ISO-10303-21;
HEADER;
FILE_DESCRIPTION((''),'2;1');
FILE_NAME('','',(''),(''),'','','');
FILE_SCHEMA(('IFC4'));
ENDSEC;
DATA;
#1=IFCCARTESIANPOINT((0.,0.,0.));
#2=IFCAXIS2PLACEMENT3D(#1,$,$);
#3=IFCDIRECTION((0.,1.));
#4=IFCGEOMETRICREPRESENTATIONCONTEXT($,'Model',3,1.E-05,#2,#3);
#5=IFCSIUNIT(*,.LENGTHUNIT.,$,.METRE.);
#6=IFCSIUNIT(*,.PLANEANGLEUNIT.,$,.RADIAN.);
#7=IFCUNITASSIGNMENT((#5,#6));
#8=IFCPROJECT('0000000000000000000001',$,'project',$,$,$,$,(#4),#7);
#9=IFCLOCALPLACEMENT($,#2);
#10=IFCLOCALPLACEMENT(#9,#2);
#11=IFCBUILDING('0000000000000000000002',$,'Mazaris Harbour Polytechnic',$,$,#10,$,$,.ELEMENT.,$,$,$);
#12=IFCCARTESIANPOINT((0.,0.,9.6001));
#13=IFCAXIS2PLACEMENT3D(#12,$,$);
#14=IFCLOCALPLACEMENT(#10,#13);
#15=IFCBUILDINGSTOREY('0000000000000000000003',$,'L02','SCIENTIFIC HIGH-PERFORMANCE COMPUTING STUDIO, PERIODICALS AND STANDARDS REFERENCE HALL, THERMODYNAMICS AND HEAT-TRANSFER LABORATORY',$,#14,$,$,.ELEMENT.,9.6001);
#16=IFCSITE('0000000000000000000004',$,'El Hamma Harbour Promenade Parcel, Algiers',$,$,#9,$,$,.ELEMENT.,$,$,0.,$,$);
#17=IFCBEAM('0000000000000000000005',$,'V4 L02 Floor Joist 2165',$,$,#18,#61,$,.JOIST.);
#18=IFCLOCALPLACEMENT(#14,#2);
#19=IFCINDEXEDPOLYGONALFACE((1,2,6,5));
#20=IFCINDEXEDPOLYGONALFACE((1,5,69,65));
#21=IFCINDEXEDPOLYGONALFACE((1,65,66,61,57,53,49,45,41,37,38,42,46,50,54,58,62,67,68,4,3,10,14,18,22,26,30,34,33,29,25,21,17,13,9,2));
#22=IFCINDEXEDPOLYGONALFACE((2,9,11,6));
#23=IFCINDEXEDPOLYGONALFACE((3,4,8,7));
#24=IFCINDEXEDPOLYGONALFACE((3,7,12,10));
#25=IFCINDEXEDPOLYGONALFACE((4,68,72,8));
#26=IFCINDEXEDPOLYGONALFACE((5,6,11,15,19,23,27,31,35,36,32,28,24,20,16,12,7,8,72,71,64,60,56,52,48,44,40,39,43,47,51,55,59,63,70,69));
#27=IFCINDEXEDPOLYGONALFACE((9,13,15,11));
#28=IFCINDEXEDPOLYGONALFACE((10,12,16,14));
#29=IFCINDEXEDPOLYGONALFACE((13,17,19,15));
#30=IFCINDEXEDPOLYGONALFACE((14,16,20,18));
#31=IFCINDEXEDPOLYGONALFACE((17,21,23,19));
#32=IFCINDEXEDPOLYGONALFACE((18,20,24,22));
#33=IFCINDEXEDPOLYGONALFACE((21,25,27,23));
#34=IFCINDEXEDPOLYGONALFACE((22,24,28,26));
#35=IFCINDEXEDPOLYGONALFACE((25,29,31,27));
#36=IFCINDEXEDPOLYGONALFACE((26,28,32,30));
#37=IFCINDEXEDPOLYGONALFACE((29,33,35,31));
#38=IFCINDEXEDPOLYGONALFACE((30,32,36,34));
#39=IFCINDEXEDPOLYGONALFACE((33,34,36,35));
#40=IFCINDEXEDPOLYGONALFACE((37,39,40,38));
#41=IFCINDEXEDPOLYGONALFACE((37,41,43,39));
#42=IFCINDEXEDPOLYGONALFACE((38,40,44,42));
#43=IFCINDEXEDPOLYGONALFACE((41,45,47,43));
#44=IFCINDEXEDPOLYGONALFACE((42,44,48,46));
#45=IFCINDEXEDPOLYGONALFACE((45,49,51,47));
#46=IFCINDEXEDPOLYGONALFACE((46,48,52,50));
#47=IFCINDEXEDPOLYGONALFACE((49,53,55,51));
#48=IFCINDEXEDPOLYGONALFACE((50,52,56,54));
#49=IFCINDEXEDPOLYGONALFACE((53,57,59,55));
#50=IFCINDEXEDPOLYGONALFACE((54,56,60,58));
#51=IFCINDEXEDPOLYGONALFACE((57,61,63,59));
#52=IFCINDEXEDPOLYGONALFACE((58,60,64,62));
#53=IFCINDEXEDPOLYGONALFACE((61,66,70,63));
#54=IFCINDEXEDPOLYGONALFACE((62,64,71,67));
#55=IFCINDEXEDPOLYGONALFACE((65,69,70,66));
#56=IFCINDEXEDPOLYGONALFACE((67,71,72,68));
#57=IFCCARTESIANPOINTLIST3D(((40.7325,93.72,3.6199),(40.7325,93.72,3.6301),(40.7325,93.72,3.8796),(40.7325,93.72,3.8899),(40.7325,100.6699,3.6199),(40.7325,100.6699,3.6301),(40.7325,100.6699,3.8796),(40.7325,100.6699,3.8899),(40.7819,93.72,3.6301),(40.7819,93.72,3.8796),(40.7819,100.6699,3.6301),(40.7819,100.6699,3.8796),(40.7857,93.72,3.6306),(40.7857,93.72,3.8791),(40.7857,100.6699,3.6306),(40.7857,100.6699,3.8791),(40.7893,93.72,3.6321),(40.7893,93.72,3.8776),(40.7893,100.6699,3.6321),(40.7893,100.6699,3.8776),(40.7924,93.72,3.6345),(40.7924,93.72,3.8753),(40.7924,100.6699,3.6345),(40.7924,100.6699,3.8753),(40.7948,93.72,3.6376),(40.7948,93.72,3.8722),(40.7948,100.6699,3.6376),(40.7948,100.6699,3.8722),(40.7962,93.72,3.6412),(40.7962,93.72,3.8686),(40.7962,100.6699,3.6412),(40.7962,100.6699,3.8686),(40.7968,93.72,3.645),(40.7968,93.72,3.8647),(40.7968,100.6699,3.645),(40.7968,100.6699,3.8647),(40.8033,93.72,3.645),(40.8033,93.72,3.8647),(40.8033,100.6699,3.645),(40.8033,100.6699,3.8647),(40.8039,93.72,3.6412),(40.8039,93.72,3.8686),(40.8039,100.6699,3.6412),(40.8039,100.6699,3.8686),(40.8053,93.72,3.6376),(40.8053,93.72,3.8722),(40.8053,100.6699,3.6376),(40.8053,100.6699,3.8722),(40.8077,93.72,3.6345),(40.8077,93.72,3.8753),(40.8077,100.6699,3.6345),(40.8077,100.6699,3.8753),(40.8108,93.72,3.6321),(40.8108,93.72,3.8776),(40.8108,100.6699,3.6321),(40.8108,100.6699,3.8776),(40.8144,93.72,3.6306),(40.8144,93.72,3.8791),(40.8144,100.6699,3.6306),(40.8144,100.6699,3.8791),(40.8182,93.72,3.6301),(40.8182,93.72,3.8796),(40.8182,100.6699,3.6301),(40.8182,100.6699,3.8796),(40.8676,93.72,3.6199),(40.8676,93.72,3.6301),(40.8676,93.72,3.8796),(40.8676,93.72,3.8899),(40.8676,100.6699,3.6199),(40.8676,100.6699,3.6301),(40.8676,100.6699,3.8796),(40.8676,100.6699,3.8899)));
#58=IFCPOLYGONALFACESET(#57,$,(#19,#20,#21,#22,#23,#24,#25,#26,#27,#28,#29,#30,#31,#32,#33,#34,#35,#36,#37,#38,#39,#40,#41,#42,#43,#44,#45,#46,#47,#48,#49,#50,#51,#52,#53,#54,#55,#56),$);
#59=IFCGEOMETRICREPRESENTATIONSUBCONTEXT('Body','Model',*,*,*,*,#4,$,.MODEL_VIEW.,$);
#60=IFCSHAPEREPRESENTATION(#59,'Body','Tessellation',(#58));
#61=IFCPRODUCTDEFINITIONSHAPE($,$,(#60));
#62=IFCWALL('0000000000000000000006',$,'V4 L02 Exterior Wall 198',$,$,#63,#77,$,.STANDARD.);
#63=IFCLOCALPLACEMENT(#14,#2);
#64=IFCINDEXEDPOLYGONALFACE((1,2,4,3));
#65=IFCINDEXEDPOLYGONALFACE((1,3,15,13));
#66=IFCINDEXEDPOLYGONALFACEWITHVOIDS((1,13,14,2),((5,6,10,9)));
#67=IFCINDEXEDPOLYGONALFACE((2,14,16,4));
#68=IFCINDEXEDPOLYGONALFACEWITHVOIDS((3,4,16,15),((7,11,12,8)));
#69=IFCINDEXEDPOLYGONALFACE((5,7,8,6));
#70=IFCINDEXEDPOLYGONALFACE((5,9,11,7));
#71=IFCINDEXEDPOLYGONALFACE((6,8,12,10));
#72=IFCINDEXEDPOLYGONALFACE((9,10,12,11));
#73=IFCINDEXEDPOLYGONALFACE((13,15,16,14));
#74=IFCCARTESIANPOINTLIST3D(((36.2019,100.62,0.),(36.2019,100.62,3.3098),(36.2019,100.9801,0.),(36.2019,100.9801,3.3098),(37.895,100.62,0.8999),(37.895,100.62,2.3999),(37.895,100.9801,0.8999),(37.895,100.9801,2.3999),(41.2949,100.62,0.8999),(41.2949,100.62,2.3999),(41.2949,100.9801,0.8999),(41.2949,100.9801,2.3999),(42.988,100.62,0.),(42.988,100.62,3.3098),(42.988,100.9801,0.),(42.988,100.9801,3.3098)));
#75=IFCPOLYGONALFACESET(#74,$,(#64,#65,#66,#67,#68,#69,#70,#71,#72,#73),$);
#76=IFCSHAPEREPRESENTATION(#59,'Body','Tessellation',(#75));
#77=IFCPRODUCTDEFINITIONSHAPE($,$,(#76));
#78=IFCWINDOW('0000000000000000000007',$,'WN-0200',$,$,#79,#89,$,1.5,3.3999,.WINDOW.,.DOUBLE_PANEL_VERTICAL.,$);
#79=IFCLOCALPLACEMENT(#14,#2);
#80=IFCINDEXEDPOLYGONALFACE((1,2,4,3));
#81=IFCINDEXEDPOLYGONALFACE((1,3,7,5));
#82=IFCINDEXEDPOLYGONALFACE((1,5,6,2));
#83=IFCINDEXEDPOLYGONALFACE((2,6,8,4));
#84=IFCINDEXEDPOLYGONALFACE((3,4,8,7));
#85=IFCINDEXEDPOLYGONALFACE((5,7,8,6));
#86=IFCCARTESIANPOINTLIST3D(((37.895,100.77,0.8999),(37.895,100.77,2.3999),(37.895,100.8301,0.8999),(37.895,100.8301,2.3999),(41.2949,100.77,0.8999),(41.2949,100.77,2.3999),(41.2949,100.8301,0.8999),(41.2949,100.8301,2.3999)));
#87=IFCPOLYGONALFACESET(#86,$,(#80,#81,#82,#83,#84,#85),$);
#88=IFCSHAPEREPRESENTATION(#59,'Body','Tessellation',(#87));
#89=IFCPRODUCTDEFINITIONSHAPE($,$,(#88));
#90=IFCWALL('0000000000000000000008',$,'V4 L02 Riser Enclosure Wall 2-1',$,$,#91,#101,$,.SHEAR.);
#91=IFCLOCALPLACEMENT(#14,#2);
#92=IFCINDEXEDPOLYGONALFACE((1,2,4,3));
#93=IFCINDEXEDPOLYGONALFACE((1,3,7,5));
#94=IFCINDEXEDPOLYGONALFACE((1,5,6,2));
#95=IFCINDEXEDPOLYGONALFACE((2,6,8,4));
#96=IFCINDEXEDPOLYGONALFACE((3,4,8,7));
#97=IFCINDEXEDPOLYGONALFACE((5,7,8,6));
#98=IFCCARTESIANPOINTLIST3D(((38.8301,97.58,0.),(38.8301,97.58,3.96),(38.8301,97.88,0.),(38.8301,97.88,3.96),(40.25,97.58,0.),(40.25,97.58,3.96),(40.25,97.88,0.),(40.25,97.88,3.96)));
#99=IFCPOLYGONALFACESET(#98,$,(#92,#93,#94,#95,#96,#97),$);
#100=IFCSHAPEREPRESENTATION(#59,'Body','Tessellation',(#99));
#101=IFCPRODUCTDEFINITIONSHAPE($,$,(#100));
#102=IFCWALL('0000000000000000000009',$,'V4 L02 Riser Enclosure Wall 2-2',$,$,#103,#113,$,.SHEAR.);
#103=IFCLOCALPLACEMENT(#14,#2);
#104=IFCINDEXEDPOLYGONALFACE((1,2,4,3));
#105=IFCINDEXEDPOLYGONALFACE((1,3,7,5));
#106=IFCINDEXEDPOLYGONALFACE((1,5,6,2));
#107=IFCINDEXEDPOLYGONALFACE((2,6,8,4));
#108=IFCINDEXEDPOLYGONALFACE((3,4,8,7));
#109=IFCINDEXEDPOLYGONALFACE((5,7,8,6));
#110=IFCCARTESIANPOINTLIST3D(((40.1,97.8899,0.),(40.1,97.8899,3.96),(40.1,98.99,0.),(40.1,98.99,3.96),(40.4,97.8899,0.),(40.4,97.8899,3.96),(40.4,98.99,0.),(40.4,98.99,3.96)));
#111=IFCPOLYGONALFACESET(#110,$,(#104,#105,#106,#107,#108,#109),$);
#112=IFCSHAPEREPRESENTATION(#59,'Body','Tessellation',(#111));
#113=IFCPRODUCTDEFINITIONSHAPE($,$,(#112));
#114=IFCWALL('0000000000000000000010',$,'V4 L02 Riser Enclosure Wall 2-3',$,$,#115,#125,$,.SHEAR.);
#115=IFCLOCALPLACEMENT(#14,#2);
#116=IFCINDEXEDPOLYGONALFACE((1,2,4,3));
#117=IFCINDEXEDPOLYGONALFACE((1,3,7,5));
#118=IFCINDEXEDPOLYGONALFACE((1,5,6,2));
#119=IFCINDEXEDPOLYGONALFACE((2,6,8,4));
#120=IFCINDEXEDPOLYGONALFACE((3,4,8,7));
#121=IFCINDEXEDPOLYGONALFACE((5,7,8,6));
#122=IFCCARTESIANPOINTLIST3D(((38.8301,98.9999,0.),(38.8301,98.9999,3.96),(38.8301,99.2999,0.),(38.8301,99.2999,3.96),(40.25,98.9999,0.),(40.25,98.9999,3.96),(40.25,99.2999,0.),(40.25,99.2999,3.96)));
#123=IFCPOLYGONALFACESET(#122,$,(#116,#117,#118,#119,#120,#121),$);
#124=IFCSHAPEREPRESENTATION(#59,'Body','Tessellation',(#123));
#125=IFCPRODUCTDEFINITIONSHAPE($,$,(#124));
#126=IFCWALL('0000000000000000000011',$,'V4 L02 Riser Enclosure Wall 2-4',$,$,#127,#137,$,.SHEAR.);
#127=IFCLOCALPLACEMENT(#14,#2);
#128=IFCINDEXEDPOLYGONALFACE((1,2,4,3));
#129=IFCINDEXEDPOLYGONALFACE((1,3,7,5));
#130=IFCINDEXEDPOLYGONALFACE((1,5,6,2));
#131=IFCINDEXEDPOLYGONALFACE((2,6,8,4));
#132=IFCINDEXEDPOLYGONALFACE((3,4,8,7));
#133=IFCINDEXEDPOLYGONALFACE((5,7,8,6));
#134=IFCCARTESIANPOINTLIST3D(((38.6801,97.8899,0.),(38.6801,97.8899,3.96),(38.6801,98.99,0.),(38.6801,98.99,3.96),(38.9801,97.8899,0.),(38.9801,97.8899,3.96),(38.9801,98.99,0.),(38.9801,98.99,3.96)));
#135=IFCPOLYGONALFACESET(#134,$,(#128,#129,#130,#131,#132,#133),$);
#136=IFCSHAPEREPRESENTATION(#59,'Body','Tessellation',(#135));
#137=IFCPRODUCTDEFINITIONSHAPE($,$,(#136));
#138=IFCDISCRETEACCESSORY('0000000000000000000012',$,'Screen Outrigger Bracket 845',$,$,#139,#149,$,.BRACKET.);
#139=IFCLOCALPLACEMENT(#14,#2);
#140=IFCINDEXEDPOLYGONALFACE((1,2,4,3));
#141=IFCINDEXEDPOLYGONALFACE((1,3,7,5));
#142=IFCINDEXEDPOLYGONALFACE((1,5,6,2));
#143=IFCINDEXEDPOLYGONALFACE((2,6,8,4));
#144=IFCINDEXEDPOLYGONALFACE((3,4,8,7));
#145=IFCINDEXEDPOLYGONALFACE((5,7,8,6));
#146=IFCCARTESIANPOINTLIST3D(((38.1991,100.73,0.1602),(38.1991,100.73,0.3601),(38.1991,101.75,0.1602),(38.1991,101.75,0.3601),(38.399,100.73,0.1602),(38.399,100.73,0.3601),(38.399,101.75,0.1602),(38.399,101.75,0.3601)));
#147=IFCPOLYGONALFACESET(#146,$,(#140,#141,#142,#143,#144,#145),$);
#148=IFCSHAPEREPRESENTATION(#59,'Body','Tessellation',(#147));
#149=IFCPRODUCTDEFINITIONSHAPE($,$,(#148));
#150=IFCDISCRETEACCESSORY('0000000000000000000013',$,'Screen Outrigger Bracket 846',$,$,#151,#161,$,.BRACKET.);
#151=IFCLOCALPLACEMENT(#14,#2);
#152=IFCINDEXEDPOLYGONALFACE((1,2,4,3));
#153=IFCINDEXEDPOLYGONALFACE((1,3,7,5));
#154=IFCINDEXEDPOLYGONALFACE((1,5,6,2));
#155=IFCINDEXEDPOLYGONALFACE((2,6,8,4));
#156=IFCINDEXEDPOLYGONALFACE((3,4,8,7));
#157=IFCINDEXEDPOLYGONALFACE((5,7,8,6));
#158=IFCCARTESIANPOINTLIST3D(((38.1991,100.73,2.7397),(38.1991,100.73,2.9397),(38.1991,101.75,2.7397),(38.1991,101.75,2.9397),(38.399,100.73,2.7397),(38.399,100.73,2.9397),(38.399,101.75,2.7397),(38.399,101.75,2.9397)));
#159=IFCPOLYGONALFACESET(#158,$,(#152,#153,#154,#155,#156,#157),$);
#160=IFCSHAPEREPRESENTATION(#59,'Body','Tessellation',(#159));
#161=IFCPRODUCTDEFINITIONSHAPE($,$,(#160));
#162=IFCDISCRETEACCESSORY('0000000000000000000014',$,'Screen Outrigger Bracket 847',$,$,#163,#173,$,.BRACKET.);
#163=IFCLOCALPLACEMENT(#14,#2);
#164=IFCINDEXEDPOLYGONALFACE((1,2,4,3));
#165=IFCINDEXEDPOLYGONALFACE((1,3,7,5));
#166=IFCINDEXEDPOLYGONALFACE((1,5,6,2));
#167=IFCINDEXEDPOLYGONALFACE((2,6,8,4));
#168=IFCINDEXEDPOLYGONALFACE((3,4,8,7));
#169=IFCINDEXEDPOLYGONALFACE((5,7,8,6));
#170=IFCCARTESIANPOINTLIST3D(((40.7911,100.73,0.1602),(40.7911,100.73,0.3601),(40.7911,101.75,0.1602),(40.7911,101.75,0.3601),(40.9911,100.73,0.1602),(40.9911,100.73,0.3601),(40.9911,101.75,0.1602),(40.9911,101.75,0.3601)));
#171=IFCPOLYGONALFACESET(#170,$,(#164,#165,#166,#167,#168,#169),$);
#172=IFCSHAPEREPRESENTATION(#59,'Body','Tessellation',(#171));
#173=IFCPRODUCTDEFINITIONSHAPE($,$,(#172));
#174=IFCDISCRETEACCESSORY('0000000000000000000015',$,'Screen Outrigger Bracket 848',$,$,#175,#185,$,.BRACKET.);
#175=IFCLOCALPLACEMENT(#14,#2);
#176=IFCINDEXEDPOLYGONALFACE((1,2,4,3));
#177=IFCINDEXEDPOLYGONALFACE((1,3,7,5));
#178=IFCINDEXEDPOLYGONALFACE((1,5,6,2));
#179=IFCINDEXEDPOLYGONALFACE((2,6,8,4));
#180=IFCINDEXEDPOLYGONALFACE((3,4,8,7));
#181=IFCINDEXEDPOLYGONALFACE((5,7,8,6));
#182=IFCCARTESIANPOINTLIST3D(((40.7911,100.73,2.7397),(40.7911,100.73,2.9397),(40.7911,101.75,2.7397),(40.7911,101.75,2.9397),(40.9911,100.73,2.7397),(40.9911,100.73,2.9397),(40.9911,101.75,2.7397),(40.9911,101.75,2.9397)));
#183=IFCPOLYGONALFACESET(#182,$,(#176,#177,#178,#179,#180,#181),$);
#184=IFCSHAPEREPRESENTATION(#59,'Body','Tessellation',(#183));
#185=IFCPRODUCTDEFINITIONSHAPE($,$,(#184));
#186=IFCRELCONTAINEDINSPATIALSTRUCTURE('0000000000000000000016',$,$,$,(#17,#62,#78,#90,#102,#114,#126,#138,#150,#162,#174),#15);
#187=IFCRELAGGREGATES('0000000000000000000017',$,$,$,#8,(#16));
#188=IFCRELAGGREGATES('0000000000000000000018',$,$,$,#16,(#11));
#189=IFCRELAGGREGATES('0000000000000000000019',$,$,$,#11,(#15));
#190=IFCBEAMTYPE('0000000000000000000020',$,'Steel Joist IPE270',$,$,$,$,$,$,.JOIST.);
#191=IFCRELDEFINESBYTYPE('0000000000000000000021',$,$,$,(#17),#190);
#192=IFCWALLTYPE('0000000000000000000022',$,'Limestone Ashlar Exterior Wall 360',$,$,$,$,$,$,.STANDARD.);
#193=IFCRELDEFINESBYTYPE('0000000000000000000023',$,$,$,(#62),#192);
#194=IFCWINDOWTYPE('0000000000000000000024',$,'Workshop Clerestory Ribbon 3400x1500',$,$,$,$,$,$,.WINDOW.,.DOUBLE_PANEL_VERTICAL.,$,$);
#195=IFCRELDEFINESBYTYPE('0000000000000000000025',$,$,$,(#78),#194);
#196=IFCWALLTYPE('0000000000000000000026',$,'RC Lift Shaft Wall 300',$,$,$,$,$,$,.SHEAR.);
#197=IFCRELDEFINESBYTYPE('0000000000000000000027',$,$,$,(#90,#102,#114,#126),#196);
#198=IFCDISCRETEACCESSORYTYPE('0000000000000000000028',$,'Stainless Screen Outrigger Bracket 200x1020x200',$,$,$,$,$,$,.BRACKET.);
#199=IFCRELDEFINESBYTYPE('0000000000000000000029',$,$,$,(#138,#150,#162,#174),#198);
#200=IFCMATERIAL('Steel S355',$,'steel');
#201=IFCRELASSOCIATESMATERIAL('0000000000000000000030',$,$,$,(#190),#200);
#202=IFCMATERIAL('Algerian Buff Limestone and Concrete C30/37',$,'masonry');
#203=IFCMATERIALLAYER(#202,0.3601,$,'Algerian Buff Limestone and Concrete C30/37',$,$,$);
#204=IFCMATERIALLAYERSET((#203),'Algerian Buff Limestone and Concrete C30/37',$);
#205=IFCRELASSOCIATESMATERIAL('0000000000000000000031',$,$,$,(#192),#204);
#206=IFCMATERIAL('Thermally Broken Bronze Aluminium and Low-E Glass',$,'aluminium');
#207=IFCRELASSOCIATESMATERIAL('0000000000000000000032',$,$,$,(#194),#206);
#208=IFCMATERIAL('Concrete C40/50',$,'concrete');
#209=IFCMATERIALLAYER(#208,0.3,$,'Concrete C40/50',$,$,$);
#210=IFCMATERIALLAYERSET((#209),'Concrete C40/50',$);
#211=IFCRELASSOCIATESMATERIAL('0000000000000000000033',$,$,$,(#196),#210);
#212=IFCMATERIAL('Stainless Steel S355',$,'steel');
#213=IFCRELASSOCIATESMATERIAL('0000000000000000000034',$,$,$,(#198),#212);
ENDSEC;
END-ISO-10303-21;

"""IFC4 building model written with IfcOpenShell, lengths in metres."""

from ifc_helpers import new_model, si_unit, direction, frame, frame_2d, origin, origin_2d, place, context, subcontext, project, spatial, rectangle, i_section, extrude, material, layer, layer_set, material_profile, profile_set, type_object, element, fill, save


model = new_model("IFC4")

# Units and contexts
model_context = context("Model", 3, precision=1e-05, world=origin(), true_north=direction((0.0, 1.0)))
body_context = subcontext(model_context, "Body", "Model", "MODEL_VIEW")
ifc_project = project(units=[si_unit("LENGTHUNIT", "METRE"), si_unit("PLANEANGLEUNIT", "RADIAN")], contexts=[model_context])

# Site, building, storey
site_placement = place(None, origin())
site = spatial("IfcSite", under=ifc_project, at=site_placement, Name="El Hamma Harbour Promenade Parcel, Algiers", CompositionType="ELEMENT", RefElevation=0.0)
building_placement = place(site_placement, origin())
building = spatial("IfcBuilding", under=site, at=building_placement, Name="Mazaris Harbour Polytechnic", CompositionType="ELEMENT")
storey_placement = place(building_placement, frame((0.0, 0.0, 9.6001)))
storey = spatial("IfcBuildingStorey", under=building, at=storey_placement, Name="L02", Description="SCIENTIFIC HIGH-PERFORMANCE COMPUTING STUDIO, PERIODICALS AND STANDARDS REFERENCE HALL, THERMODYNAMICS AND HEAT-TRANSFER LABORATORY", CompositionType="ELEMENT", Elevation=9.6001)

# Beam
ifc_material_1 = material(Name="Steel S355", Category="steel")
ifc_material_profile_1 = material_profile(ifc_material_1, i_section(OverallWidth=0.135, OverallDepth=0.27, WebThickness=0.0066, FlangeThickness=0.0103, FilletRadius=0.0149, at=origin_2d()), Name="IPE 270")
ifc_profile_set_1 = profile_set([ifc_material_profile_1], Name="Steel S355")
beam_type_1 = type_object("IfcBeamType", Name="Steel Joist IPE270", PredefinedType="JOIST", material=ifc_profile_set_1)
beam_1_placement = place(storey_placement, frame((40.8, 93.72, 3.7549), z_axis=(0.0, 1.0, 0.0), x_axis=(-1.0, 0.0, 0.0)))
element("IfcBeam", 1, at=beam_1_placement, inside=storey, type_object=beam_type_1, Name="V4 L02 Floor Joist 2165", PredefinedType="JOIST", context=body_context, shape_type="SweptSolid", body=[
    extrude(i_section(OverallWidth=0.135, OverallDepth=0.27, WebThickness=0.0066, FlangeThickness=0.0103, FilletRadius=0.0149, at=origin_2d()), origin(), (0.0, 0.0, 1.0), 6.95),
])

# Wall, opening, window
ifc_material_2 = material(Name="Algerian Buff Limestone and Concrete C30/37", Category="masonry")
ifc_layer_1 = layer(ifc_material_2, 0.3601, Name="Algerian Buff Limestone and Concrete C30/37")
ifc_layer_set_1 = layer_set([ifc_layer_1], Name="Algerian Buff Limestone and Concrete C30/37")
wall_type_1 = type_object("IfcWallType", Name="Limestone Ashlar Exterior Wall 360", PredefinedType="STANDARD", material=ifc_layer_set_1)
wall_1_placement = place(storey_placement, frame((36.2019, 100.8, 0.0), z_axis=(0.0, 0.0, 1.0), x_axis=(1.0, 0.0, 0.0)))
wall_1 = element("IfcWall", 2, at=wall_1_placement, inside=storey, type_object=wall_type_1, Name="V4 L02 Exterior Wall 198", PredefinedType="STANDARD", context=body_context, shape_type="SweptSolid", body=[
    extrude(rectangle(XDim=6.7861, YDim=0.3601, at=frame_2d((3.3931, 0.0))), origin(), (0.0, 0.0, 1.0), 3.3098),
])
opening_placement = place(wall_1_placement, frame((1.6931, 0.0, 0.8999)))
opening = element("IfcOpeningElement", 3, at=opening_placement, cuts=wall_1, PredefinedType="OPENING", context=body_context, shape_type="SweptSolid", body=[
    extrude(rectangle(XDim=3.3999, YDim=1.5, at=frame_2d((1.7, 0.75))), frame((0.0, 0.1899, 0.0), z_axis=(0.0, -1.0, 0.0), x_axis=(1.0, 0.0, 0.0)), (0.0, 0.0, 1.0), 0.3801),
])
ifc_material_3 = material(Name="Thermally Broken Bronze Aluminium and Low-E Glass", Category="aluminium")
window_type = type_object("IfcWindowType", Name="Workshop Clerestory Ribbon 3400x1500", PartitioningType="DOUBLE_PANEL_VERTICAL", PredefinedType="WINDOW", material=ifc_material_3)
window_placement = place(opening_placement, origin())
window = element("IfcWindow", 4, at=window_placement, inside=storey, type_object=window_type, Name="WN-0200", OverallHeight=1.5, OverallWidth=3.3999, PartitioningType="DOUBLE_PANEL_VERTICAL", PredefinedType="WINDOW", context=body_context, shape_type="SweptSolid", body=[
    extrude(rectangle(XDim=3.3999, YDim=1.5, at=frame_2d((1.7, 0.75))), frame((0.0, 0.03, 0.0), z_axis=(0.0, -1.0, 0.0), x_axis=(1.0, 0.0, 0.0)), (0.0, 0.0, 1.0), 0.0601),
])
fill(opening, window)

# Walls
ifc_material_4 = material(Name="Concrete C40/50", Category="concrete")
ifc_layer_2 = layer(ifc_material_4, 0.3, Name="Concrete C40/50")
ifc_layer_set_2 = layer_set([ifc_layer_2], Name="Concrete C40/50")
wall_type_2 = type_object("IfcWallType", Name="RC Lift Shaft Wall 300", PredefinedType="SHEAR", material=ifc_layer_set_2)
wall_2_placement = place(storey_placement, frame((38.8301, 97.73, 0.0), z_axis=(0.0, 0.0, 1.0), x_axis=(1.0, 0.0, 0.0)))
element("IfcWall", 5, at=wall_2_placement, inside=storey, type_object=wall_type_2, Name="V4 L02 Riser Enclosure Wall 2-1", PredefinedType="SHEAR", context=body_context, shape_type="SweptSolid", body=[
    extrude(rectangle(XDim=1.4199, YDim=0.3, at=frame_2d((0.71, 0.0))), origin(), (0.0, 0.0, 1.0), 3.96),
])
wall_3_placement = place(storey_placement, frame((40.25, 97.8899, 0.0), z_axis=(0.0, 0.0, 1.0), x_axis=(0.0, 1.0, 0.0)))
element("IfcWall", 6, at=wall_3_placement, inside=storey, type_object=wall_type_2, Name="V4 L02 Riser Enclosure Wall 2-2", PredefinedType="SHEAR", context=body_context, shape_type="SweptSolid", body=[
    extrude(rectangle(XDim=1.1001, YDim=0.3, at=frame_2d((0.55, 0.0))), origin(), (0.0, 0.0, 1.0), 3.96),
])
wall_4_placement = place(storey_placement, frame((40.25, 99.1499, 0.0), z_axis=(0.0, 0.0, 1.0), x_axis=(-1.0, 0.0, 0.0)))
element("IfcWall", 7, at=wall_4_placement, inside=storey, type_object=wall_type_2, Name="V4 L02 Riser Enclosure Wall 2-3", PredefinedType="SHEAR", context=body_context, shape_type="SweptSolid", body=[
    extrude(rectangle(XDim=1.4199, YDim=0.3, at=frame_2d((0.71, 0.0))), origin(), (0.0, 0.0, 1.0), 3.96),
])
wall_5_placement = place(storey_placement, frame((38.8301, 98.99, 0.0), z_axis=(0.0, 0.0, 1.0), x_axis=(0.0, -1.0, 0.0)))
element("IfcWall", 8, at=wall_5_placement, inside=storey, type_object=wall_type_2, Name="V4 L02 Riser Enclosure Wall 2-4", PredefinedType="SHEAR", context=body_context, shape_type="SweptSolid", body=[
    extrude(rectangle(XDim=1.1001, YDim=0.3, at=frame_2d((0.55, 0.0))), origin(), (0.0, 0.0, 1.0), 3.96),
])

# Discrete accessories
ifc_material_5 = material(Name="Stainless Steel S355", Category="steel")
discrete_accessory_type = type_object("IfcDiscreteAccessoryType", Name="Stainless Screen Outrigger Bracket 200x1020x200", PredefinedType="BRACKET", material=ifc_material_5)
for number, where, z_axis, x_axis, name in (
    (9, (38.2991, 101.24, 0.1602), (0.0, 0.0, 1.0), (1.0, 0.0, 0.0), "Screen Outrigger Bracket 845"),
    (10, (38.2991, 101.24, 2.7397), (0.0, 0.0, 1.0), (1.0, 0.0, 0.0), "Screen Outrigger Bracket 846"),
    (11, (40.8911, 101.24, 0.1602), (0.0, 0.0, 1.0), (1.0, 0.0, 0.0), "Screen Outrigger Bracket 847"),
    (12, (40.8911, 101.24, 2.7397), (0.0, 0.0, 1.0), (1.0, 0.0, 0.0), "Screen Outrigger Bracket 848"),
):
    element("IfcDiscreteAccessory", number, at=place(storey_placement, frame(where, z_axis=z_axis, x_axis=x_axis)), inside=storey, type_object=discrete_accessory_type, Name=name, PredefinedType="BRACKET", context=body_context, shape_type="SweptSolid", body=[
        extrude(rectangle(XDim=0.2, YDim=1.02, at=origin_2d()), origin(), (0.0, 0.0, 1.0), 0.2),
    ])

save(model, "model.ifc")
